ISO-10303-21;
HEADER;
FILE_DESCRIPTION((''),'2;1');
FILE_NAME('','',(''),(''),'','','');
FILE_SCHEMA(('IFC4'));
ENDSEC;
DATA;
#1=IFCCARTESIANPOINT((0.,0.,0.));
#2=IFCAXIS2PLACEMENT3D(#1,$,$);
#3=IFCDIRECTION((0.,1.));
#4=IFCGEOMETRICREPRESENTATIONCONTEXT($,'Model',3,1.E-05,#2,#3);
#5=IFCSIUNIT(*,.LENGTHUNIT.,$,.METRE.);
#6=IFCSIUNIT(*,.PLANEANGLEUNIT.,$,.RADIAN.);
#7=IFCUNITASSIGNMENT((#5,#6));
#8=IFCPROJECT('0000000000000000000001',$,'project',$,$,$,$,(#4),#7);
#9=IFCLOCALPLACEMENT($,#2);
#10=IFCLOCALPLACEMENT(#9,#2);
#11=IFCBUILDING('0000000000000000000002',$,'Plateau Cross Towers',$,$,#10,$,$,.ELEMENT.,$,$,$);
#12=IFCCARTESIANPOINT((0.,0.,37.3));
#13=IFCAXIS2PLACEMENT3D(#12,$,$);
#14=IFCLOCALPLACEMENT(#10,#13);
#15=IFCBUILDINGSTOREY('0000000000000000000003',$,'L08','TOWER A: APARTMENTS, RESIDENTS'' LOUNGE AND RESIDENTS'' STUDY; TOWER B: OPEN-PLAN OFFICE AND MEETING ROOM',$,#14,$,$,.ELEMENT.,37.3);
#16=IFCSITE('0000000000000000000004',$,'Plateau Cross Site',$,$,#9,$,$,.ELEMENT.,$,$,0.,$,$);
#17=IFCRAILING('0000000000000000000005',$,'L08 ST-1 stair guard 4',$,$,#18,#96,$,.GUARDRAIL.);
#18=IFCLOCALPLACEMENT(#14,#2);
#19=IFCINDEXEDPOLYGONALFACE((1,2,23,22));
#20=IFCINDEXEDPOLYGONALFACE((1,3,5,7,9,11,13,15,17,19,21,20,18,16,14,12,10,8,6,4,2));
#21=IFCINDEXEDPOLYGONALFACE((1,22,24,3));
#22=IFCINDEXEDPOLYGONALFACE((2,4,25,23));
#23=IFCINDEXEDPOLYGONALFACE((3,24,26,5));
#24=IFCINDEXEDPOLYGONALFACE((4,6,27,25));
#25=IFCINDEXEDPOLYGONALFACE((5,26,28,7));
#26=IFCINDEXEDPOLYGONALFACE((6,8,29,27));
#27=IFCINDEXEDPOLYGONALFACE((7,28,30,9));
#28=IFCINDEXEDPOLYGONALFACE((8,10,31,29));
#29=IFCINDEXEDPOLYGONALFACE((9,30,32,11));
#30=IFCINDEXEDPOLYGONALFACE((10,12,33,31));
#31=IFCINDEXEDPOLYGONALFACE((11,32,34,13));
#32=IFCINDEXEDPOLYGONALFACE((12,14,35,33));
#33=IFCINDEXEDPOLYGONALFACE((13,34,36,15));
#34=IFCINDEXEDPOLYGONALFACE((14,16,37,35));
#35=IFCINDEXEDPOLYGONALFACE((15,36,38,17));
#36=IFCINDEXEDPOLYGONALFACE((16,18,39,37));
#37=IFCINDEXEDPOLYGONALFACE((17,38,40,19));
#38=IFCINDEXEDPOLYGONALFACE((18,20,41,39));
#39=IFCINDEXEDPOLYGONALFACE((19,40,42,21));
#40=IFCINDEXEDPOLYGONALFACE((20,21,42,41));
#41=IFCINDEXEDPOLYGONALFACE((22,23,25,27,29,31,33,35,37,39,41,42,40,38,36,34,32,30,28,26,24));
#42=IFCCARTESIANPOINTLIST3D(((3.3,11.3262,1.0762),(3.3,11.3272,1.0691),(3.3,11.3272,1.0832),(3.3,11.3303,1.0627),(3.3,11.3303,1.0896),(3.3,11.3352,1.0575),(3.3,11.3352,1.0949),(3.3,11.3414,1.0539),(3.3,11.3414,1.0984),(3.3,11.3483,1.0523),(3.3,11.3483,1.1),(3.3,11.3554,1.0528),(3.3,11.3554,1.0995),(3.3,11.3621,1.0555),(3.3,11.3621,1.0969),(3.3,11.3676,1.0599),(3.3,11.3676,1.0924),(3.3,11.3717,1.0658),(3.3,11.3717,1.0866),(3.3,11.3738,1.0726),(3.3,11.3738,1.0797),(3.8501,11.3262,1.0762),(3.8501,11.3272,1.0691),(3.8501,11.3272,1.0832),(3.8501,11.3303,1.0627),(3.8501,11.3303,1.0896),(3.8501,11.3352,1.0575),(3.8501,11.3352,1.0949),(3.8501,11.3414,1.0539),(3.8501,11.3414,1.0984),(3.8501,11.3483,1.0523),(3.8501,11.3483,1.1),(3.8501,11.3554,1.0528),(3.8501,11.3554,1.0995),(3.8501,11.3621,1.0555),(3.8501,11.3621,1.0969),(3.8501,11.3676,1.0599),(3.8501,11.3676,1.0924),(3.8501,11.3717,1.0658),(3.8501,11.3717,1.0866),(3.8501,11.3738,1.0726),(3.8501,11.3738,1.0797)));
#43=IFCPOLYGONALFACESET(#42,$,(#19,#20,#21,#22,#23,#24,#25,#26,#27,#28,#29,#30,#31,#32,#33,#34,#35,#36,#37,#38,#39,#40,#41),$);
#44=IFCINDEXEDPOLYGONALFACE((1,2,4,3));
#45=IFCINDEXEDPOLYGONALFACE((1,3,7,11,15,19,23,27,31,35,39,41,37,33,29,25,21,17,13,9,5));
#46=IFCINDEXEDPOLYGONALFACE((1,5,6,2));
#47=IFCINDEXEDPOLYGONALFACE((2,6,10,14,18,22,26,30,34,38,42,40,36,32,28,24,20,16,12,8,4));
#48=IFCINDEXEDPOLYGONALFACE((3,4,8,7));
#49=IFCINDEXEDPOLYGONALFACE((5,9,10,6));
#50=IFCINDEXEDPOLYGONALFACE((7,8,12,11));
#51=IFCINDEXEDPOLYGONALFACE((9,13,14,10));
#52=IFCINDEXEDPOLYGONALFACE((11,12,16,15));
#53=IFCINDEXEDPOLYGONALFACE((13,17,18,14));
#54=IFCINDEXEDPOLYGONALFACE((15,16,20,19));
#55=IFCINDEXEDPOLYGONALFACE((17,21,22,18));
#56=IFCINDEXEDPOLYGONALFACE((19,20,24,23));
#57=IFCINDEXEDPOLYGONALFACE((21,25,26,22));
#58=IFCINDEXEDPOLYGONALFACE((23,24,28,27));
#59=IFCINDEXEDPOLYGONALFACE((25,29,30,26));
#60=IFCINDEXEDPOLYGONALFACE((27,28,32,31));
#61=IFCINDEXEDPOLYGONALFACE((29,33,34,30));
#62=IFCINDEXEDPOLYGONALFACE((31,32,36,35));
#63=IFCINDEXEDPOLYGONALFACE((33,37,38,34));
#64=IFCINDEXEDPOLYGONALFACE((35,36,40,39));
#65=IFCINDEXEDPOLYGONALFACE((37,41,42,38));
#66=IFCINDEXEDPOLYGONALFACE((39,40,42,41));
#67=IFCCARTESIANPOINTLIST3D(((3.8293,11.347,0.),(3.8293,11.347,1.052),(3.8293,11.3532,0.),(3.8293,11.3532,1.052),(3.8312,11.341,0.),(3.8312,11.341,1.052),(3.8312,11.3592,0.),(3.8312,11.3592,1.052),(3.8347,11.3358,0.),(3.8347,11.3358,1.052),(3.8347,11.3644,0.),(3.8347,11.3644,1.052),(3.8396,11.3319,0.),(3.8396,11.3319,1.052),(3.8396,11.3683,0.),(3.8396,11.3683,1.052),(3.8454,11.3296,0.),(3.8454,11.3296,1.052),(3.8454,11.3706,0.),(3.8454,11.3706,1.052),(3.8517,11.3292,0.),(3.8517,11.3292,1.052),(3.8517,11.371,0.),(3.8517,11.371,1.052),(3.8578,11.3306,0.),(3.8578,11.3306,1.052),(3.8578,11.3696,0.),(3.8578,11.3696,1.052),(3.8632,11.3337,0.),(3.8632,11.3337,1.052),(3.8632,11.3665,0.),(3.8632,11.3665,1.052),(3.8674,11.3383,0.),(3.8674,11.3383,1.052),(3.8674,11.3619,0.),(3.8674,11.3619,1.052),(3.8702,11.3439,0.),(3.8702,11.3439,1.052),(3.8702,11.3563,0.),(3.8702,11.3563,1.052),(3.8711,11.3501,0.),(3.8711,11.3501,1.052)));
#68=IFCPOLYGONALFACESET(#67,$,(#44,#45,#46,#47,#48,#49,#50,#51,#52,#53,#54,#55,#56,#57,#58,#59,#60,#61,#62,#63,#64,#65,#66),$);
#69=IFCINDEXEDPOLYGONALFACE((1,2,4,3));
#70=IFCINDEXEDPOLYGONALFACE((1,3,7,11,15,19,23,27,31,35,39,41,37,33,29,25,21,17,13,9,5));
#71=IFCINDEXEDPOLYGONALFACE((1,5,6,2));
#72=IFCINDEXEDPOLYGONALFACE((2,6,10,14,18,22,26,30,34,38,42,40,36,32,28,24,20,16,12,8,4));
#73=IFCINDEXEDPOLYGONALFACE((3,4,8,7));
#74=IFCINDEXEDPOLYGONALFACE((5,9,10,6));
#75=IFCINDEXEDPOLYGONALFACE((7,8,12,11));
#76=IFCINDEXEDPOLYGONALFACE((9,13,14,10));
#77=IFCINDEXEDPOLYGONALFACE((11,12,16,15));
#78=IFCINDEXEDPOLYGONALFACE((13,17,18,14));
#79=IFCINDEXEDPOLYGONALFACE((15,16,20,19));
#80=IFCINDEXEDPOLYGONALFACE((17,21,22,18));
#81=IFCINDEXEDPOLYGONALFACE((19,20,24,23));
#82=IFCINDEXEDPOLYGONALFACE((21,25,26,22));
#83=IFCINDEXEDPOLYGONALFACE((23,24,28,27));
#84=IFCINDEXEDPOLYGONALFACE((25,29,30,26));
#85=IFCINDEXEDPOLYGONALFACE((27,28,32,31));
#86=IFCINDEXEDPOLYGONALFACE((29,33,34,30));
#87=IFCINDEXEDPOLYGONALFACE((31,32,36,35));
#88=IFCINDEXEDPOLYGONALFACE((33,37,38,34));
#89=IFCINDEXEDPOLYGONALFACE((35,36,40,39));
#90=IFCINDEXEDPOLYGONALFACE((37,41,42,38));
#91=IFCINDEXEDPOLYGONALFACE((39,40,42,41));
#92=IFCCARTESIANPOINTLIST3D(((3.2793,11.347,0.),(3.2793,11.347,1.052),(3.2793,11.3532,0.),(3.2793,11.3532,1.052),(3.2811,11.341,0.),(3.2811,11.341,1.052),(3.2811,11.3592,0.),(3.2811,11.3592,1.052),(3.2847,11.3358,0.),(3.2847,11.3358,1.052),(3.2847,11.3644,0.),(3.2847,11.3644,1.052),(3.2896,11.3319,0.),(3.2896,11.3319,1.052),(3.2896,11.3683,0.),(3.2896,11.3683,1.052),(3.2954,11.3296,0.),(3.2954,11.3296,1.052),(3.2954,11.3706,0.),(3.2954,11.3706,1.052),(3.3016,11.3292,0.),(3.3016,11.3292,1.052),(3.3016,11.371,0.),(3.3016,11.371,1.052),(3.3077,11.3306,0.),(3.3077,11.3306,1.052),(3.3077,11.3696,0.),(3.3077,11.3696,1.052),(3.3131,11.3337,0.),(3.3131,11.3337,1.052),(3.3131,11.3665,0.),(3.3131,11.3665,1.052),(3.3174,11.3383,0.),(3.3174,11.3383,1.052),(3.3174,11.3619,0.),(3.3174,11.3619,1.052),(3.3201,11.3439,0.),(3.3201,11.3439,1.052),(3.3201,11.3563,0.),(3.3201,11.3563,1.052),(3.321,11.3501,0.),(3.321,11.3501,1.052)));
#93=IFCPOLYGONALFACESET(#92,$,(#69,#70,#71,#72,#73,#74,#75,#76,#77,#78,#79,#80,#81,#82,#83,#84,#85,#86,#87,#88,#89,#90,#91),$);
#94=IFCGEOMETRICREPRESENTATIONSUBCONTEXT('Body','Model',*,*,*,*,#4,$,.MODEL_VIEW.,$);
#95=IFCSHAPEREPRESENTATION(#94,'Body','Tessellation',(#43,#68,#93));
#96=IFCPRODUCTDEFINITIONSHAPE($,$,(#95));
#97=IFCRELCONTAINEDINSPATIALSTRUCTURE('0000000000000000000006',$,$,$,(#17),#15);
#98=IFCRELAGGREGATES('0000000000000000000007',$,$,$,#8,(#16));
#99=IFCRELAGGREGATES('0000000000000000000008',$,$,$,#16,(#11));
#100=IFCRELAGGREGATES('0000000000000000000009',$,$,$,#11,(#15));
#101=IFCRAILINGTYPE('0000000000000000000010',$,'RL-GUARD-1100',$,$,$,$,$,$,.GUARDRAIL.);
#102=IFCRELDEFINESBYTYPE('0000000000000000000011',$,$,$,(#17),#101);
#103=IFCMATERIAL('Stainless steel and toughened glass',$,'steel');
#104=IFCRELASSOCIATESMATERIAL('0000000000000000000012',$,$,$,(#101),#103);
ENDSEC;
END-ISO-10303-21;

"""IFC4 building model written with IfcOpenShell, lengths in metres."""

from ifc_helpers import new_model, si_unit, direction, frame, origin, origin_2d, place, context, subcontext, project, spatial, circle, extrude, material, type_object, element, save


model = new_model("IFC4")

# Units and contexts
model_context = context("Model", 3, precision=1e-05, world=origin(), true_north=direction((0.0, 1.0)))
body_context = subcontext(model_context, "Body", "Model", "MODEL_VIEW")
ifc_project = project(units=[si_unit("LENGTHUNIT", "METRE"), si_unit("PLANEANGLEUNIT", "RADIAN")], contexts=[model_context])

# Site, building, storey
site_placement = place(None, origin())
site = spatial("IfcSite", under=ifc_project, at=site_placement, Name="Plateau Cross Site", CompositionType="ELEMENT", RefElevation=0.0)
building_placement = place(site_placement, origin())
building = spatial("IfcBuilding", under=site, at=building_placement, Name="Plateau Cross Towers", CompositionType="ELEMENT")
storey_placement = place(building_placement, frame((0.0, 0.0, 37.3)))
storey = spatial("IfcBuildingStorey", under=building, at=storey_placement, Name="L08", Description="TOWER A: APARTMENTS, RESIDENTS' LOUNGE AND RESIDENTS' STUDY; TOWER B: OPEN-PLAN OFFICE AND MEETING ROOM", CompositionType="ELEMENT", Elevation=37.3)

# Railing
ifc_material_1 = material(Name="Stainless steel and toughened glass", Category="steel")
railing_type = type_object("IfcRailingType", Name="RL-GUARD-1100", PredefinedType="GUARDRAIL", material=ifc_material_1)
railing_1_placement = place(storey_placement, frame((3.8501, 11.3501, 0.0)))
element("IfcRailing", 1, at=railing_1_placement, inside=storey, type_object=railing_type, Name="L08 ST-1 stair guard 4", PredefinedType="GUARDRAIL", context=body_context, shape_type="SweptSolid", body=[
    extrude(circle(Radius=0.0239, at=origin_2d()), frame((0.0, 0.0, 1.0762), z_axis=(-1.0, 0.0, 0.0), x_axis=(0.0, -1.0, 0.0)), (0.0, 0.0, 1.0), 0.55),
    extrude(circle(Radius=0.021, at=origin_2d()), origin(), (0.0, 0.0, 1.0), 1.052),
    extrude(circle(Radius=0.021, at=origin_2d()), frame((-0.55, 0.0, 0.0)), (0.0, 0.0, 1.0), 1.052),
])

save(model, "model.ifc")
